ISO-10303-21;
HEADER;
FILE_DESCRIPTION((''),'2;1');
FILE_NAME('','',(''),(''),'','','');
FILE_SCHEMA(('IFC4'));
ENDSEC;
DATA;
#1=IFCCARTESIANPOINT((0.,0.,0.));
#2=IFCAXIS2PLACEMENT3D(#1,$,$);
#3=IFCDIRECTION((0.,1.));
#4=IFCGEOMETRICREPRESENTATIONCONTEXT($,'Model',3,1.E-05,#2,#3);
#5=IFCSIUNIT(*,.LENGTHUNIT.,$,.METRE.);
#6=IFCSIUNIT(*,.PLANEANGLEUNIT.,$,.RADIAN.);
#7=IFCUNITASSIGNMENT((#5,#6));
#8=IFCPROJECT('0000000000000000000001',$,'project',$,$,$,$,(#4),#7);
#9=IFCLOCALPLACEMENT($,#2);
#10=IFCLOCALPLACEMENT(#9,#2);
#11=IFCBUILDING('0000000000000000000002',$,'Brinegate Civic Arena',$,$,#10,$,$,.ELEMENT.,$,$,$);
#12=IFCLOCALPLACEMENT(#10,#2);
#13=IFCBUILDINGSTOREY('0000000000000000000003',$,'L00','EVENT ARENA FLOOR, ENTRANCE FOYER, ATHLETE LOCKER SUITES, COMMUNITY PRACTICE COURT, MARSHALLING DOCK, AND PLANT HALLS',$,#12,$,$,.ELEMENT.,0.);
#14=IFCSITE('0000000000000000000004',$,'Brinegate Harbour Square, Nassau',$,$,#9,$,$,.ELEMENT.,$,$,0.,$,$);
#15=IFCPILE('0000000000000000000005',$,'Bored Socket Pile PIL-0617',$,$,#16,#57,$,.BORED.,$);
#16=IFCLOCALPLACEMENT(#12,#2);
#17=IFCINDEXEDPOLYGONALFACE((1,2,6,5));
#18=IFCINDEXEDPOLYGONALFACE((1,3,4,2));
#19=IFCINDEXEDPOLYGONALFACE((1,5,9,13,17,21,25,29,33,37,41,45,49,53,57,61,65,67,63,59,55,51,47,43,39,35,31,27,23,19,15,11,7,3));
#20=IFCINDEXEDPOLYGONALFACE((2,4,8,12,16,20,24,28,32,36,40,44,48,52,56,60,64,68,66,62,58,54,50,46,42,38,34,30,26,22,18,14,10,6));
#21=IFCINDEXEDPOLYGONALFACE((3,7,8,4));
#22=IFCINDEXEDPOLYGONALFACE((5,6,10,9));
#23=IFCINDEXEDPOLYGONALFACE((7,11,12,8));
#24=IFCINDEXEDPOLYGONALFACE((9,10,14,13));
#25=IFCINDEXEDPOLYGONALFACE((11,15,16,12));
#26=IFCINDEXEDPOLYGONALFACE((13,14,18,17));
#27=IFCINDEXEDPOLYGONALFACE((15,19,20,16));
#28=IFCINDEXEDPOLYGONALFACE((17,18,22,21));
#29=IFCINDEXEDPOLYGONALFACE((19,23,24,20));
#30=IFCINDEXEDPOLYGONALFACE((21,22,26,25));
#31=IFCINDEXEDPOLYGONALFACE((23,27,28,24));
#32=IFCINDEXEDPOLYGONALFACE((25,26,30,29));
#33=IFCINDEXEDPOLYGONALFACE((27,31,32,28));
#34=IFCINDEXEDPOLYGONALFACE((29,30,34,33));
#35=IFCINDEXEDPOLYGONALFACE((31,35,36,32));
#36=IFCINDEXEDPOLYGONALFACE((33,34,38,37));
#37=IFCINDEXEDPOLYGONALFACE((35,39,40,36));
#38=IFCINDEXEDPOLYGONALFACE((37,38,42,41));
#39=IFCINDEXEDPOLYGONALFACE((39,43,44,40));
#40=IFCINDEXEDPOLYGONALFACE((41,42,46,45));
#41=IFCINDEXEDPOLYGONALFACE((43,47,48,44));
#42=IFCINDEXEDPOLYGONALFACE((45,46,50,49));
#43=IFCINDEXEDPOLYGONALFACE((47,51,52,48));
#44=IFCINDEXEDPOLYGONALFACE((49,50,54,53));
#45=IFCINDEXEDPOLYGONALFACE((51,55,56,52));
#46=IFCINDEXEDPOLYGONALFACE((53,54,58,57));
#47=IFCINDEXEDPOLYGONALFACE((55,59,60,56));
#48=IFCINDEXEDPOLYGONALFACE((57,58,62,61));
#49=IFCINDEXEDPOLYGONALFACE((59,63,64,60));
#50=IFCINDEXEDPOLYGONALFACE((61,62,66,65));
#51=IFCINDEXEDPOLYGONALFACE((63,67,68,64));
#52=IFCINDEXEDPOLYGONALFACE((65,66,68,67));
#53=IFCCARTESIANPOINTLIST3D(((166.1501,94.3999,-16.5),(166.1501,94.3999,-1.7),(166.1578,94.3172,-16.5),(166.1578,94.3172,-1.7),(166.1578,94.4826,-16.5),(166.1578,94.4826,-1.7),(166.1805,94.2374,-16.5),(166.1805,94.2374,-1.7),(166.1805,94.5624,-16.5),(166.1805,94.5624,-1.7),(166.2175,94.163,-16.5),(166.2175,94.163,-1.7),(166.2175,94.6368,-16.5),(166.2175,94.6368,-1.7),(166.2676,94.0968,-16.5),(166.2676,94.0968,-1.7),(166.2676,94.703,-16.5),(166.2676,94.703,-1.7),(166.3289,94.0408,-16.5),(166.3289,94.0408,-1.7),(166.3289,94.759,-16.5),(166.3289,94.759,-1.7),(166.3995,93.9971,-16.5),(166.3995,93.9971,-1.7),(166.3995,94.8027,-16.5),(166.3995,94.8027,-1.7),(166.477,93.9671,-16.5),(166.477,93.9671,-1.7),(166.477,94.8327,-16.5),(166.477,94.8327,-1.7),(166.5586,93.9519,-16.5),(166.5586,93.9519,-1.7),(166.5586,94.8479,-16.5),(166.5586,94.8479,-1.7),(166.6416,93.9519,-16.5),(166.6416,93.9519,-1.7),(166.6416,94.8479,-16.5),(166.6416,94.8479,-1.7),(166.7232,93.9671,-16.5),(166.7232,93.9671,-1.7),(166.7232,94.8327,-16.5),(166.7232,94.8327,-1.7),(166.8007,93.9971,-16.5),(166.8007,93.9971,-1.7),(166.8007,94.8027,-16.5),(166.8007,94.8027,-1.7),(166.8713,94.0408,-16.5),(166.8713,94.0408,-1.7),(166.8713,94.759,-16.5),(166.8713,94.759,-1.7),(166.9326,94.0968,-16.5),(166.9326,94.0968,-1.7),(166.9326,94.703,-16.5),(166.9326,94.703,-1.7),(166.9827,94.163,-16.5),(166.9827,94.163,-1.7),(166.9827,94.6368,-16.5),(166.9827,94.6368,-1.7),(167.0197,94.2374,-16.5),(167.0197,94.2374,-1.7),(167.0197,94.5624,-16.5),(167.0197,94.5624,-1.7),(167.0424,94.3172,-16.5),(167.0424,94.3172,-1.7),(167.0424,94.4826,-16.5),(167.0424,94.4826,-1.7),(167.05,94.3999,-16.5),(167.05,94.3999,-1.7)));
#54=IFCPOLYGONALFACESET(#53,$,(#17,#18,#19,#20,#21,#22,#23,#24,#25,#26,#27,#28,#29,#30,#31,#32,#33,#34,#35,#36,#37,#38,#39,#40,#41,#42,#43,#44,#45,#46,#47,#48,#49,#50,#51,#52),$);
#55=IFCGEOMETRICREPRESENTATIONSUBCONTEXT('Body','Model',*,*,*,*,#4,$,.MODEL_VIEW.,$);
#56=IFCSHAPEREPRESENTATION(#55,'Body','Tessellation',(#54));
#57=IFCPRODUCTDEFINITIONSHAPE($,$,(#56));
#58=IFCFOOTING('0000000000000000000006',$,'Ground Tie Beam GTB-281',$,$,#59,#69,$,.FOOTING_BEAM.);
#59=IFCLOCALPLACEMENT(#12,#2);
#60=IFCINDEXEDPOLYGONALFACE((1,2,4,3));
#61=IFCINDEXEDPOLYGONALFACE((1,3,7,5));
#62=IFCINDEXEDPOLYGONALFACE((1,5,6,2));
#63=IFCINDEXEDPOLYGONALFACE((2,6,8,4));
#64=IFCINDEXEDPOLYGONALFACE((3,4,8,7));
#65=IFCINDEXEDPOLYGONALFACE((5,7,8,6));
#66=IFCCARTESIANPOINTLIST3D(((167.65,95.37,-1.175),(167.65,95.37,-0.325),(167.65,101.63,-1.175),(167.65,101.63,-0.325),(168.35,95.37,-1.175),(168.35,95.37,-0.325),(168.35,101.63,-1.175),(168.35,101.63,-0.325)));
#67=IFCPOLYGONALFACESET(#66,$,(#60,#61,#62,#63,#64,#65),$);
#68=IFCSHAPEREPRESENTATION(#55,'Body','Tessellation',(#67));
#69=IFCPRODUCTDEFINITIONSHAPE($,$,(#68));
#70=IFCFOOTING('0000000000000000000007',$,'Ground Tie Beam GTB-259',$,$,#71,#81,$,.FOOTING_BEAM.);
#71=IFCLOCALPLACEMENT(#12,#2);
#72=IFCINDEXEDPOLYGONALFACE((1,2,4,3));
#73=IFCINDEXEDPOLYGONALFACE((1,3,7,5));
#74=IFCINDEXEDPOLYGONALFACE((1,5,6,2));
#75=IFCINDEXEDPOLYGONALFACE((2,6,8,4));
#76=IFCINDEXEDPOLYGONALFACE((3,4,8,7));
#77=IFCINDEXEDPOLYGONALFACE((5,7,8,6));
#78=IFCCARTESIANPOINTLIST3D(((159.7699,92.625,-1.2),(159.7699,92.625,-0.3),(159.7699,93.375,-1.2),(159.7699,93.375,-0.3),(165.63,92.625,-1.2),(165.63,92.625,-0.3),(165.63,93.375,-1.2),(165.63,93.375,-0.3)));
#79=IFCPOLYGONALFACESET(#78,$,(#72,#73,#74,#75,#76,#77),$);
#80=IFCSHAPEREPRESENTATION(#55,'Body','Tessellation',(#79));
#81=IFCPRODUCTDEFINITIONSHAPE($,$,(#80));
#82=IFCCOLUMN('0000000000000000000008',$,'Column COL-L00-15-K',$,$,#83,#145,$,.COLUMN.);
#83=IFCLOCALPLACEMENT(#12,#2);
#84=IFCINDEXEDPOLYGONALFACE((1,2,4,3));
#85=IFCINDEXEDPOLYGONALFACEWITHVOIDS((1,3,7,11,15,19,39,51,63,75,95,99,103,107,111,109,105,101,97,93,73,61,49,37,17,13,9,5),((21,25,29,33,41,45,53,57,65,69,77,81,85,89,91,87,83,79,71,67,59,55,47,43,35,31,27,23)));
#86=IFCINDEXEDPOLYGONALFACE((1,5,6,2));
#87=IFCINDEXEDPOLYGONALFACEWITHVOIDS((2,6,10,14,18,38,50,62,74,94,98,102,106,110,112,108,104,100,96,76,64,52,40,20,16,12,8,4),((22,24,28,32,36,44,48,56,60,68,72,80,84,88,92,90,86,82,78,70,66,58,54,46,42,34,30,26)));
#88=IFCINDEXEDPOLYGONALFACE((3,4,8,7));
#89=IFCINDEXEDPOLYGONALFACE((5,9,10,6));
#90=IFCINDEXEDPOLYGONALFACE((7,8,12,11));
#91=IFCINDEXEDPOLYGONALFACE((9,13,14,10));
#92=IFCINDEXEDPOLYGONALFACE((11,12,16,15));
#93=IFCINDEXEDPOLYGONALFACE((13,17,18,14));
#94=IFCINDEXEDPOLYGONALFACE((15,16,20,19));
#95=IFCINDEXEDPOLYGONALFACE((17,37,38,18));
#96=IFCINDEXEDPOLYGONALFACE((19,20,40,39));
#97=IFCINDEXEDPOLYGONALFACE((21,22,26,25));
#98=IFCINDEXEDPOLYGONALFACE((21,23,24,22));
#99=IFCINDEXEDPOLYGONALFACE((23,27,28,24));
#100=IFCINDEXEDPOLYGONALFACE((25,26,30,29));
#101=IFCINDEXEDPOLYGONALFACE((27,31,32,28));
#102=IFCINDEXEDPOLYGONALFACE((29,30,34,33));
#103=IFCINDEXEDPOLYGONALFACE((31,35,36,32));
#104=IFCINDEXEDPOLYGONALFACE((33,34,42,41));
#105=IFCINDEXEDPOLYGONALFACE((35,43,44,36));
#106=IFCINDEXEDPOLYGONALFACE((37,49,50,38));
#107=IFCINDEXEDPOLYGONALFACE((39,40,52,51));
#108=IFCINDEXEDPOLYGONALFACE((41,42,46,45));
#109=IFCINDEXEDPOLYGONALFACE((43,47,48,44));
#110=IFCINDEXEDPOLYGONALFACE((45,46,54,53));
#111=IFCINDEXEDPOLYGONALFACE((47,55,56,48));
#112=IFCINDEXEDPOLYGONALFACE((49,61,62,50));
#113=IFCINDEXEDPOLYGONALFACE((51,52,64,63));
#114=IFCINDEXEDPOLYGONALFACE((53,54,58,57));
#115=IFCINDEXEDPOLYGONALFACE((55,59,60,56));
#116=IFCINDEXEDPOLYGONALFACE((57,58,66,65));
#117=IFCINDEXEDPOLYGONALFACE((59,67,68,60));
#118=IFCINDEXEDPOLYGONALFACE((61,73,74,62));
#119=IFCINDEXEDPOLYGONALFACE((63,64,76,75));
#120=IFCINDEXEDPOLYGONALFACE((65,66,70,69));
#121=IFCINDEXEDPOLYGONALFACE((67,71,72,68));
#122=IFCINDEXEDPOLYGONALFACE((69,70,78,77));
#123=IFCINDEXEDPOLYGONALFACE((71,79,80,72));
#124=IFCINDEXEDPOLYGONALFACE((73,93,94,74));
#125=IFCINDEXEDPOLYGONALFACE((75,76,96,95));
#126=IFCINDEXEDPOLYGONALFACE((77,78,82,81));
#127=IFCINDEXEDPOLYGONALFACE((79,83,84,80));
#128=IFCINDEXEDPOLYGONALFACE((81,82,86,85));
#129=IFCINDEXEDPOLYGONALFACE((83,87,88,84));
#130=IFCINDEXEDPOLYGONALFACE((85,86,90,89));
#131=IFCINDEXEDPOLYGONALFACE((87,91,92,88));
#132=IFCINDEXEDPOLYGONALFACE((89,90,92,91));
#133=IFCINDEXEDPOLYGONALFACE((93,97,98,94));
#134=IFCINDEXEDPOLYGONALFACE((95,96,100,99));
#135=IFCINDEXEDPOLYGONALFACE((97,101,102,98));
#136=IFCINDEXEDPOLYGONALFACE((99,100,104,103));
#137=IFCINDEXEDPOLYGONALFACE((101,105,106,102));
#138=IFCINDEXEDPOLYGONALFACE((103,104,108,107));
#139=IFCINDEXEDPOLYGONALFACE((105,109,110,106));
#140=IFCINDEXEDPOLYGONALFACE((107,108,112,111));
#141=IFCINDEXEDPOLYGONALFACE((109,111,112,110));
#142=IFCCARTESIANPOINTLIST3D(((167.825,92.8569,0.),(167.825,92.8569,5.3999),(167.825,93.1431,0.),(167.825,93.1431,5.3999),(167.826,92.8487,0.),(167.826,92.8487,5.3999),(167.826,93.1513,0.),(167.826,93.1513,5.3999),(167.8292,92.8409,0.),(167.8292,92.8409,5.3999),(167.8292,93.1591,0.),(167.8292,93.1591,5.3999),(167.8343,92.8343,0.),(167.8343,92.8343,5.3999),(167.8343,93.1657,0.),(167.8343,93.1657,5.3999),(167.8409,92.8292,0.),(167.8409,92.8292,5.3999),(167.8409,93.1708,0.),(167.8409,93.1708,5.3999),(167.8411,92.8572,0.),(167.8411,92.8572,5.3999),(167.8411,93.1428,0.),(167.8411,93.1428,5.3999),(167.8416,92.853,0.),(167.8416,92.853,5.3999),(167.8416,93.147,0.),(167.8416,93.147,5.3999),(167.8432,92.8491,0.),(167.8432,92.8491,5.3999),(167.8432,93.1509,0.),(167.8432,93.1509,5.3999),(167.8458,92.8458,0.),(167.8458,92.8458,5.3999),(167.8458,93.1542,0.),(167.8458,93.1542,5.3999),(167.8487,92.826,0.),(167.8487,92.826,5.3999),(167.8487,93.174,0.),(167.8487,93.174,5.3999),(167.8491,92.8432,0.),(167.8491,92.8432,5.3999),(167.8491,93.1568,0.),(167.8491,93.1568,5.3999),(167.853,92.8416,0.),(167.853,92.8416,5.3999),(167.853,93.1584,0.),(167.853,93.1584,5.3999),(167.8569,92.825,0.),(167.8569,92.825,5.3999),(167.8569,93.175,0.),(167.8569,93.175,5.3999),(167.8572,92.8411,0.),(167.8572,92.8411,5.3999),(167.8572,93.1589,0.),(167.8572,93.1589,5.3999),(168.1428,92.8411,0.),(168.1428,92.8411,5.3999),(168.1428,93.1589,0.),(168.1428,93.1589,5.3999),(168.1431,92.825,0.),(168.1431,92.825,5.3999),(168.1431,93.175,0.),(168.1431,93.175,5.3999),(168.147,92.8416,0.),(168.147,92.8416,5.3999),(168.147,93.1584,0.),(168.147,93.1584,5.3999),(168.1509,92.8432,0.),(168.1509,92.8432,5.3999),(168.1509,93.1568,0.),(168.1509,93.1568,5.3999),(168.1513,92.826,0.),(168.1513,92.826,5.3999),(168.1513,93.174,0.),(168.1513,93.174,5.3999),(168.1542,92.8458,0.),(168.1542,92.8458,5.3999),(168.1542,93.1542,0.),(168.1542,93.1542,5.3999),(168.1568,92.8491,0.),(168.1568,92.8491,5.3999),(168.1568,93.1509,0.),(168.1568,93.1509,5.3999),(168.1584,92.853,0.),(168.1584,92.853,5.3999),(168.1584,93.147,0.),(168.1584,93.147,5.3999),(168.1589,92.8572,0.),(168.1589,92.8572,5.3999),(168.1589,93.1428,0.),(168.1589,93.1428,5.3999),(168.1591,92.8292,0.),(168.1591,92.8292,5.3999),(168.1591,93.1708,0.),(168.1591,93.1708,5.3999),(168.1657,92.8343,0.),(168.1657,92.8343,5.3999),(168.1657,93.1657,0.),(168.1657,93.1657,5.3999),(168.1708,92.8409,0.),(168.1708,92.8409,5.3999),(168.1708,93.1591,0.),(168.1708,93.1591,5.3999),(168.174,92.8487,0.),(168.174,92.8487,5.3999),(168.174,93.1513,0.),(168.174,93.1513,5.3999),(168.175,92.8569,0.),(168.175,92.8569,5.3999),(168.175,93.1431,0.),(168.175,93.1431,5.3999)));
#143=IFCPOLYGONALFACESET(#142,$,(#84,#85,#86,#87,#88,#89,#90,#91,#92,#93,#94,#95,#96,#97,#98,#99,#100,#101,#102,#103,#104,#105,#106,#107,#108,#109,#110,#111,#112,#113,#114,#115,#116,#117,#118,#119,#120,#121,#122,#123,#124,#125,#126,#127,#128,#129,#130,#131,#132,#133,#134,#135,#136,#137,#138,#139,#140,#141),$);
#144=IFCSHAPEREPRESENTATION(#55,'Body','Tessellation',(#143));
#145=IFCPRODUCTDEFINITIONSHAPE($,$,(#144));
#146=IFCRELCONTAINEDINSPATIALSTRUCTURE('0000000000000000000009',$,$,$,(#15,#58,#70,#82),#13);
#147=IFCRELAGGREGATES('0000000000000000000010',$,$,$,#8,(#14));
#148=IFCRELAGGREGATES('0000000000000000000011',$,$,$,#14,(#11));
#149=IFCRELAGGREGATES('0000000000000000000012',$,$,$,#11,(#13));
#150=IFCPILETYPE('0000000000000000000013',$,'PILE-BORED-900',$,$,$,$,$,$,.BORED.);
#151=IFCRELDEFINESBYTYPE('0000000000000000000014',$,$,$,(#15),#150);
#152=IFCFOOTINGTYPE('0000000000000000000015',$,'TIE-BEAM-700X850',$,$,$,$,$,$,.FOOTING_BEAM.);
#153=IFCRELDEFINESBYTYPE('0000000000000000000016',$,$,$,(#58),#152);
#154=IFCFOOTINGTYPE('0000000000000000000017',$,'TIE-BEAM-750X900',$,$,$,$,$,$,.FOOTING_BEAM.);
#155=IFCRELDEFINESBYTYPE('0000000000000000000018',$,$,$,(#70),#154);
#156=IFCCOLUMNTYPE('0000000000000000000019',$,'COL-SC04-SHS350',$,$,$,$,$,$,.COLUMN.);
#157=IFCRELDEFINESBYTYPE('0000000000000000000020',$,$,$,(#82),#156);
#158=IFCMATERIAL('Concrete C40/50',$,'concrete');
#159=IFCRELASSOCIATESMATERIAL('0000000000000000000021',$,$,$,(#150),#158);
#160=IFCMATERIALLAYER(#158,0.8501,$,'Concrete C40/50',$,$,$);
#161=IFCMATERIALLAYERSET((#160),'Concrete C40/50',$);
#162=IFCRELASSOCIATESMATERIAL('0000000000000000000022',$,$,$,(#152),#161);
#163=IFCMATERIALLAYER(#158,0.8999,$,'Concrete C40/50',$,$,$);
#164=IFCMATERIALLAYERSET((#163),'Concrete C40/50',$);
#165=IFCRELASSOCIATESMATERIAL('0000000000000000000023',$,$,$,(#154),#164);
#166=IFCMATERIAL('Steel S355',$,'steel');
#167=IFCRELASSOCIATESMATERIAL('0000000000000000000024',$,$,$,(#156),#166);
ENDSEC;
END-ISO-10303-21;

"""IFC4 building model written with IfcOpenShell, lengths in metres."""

from ifc_helpers import new_model, si_unit, direction, frame, origin, origin_2d, place, context, subcontext, project, spatial, rectangle, hollow_rectangle, circle, extrude, material, layer, layer_set, material_profile, profile_set, type_object, element, save


model = new_model("IFC4")

# Units and contexts
model_context = context("Model", 3, precision=1e-05, world=origin(), true_north=direction((0.0, 1.0)))
body_context = subcontext(model_context, "Body", "Model", "MODEL_VIEW")
ifc_project = project(units=[si_unit("LENGTHUNIT", "METRE"), si_unit("PLANEANGLEUNIT", "RADIAN")], contexts=[model_context])

# Site, building, storey
site_placement = place(None, origin())
site = spatial("IfcSite", under=ifc_project, at=site_placement, Name="Brinegate Harbour Square, Nassau", CompositionType="ELEMENT", RefElevation=0.0)
building_placement = place(site_placement, origin())
building = spatial("IfcBuilding", under=site, at=building_placement, Name="Brinegate Civic Arena", CompositionType="ELEMENT")
storey_placement = place(building_placement, origin())
storey = spatial("IfcBuildingStorey", under=building, at=storey_placement, Name="L00", Description="EVENT ARENA FLOOR, ENTRANCE FOYER, ATHLETE LOCKER SUITES, COMMUNITY PRACTICE COURT, MARSHALLING DOCK, AND PLANT HALLS", CompositionType="ELEMENT", Elevation=0.0)

# Shared definitions
ifc_material_1 = material(Name="Concrete C40/50", Category="concrete")

# Pile
ifc_material_profile_1 = material_profile(ifc_material_1, circle(Radius=0.45, at=origin_2d()), Name="PILED900")
ifc_profile_set_1 = profile_set([ifc_material_profile_1], Name="Concrete C40/50")
pile_type_1 = type_object("IfcPileType", Name="PILE-BORED-900", PredefinedType="BORED", material=ifc_profile_set_1)
for number, where, z_axis, x_axis, name in (
    (1, (166.6001, 94.3999, -1.7), (0.0, 0.0, -1.0), (1.0, 0.0, 0.0), "Bored Socket Pile PIL-0617"),
):
    element("IfcPile", number, at=place(storey_placement, frame(where, z_axis=z_axis, x_axis=x_axis)), inside=storey, type_object=pile_type_1, Name=name, PredefinedType="BORED", context=body_context, shape_type="SweptSolid", body=[
        extrude(circle(Radius=0.45, at=origin_2d()), origin(), (0.0, 0.0, 1.0), 14.8),
    ])

# Footings
ifc_layer_1 = layer(ifc_material_1, 0.8501, Name="Concrete C40/50")
ifc_layer_set_1 = layer_set([ifc_layer_1], Name="Concrete C40/50")
footing_type_1 = type_object("IfcFootingType", Name="TIE-BEAM-700X850", PredefinedType="FOOTING_BEAM", material=ifc_layer_set_1)
footing_1_placement = place(storey_placement, frame((168.0, 98.5, -1.175), z_axis=(0.0, 0.0, 1.0), x_axis=(0.0, 1.0, 0.0)))
element("IfcFooting", 2, at=footing_1_placement, inside=storey, type_object=footing_type_1, Name="Ground Tie Beam GTB-281", PredefinedType="FOOTING_BEAM", context=body_context, shape_type="SweptSolid", body=[
    extrude(rectangle(XDim=6.26, YDim=0.7, at=origin_2d()), origin(), (0.0, 0.0, 1.0), 0.8501),
])
ifc_layer_2 = layer(ifc_material_1, 0.8999, Name="Concrete C40/50")
ifc_layer_set_2 = layer_set([ifc_layer_2], Name="Concrete C40/50")
footing_type_2 = type_object("IfcFootingType", Name="TIE-BEAM-750X900", PredefinedType="FOOTING_BEAM", material=ifc_layer_set_2)
footing_2_placement = place(storey_placement, frame((162.7, 93.0, -1.2), z_axis=(0.0, 0.0, 1.0), x_axis=(1.0, 0.0, 0.0)))
element("IfcFooting", 3, at=footing_2_placement, inside=storey, type_object=footing_type_2, Name="Ground Tie Beam GTB-259", PredefinedType="FOOTING_BEAM", context=body_context, shape_type="SweptSolid", body=[
    extrude(rectangle(XDim=5.8601, YDim=0.75, at=origin_2d()), origin(), (0.0, 0.0, 1.0), 0.8999),
])

# Column
ifc_material_2 = material(Name="Steel S355", Category="steel")
ifc_material_profile_2 = material_profile(ifc_material_2, hollow_rectangle(XDim=0.3501, YDim=0.3501, WallThickness=0.0161, InnerFilletRadius=0.0161, OuterFilletRadius=0.032, at=origin_2d()), Name="SHS350X16")
ifc_profile_set_2 = profile_set([ifc_material_profile_2], Name="Steel S355")
column_type = type_object("IfcColumnType", Name="COL-SC04-SHS350", PredefinedType="COLUMN", material=ifc_profile_set_2)
column_placement = place(storey_placement, frame((168.0, 93.0, 0.0), z_axis=(0.0, 0.0, 1.0), x_axis=(1.0, 0.0, 0.0)))
element("IfcColumn", 4, at=column_placement, inside=storey, type_object=column_type, Name="Column COL-L00-15-K", PredefinedType="COLUMN", context=body_context, shape_type="SweptSolid", body=[
    extrude(hollow_rectangle(XDim=0.3501, YDim=0.3501, WallThickness=0.0161, InnerFilletRadius=0.0161, OuterFilletRadius=0.032, at=origin_2d()), origin(), (0.0, 0.0, 1.0), 5.3999),
])

save(model, "model.ifc")
